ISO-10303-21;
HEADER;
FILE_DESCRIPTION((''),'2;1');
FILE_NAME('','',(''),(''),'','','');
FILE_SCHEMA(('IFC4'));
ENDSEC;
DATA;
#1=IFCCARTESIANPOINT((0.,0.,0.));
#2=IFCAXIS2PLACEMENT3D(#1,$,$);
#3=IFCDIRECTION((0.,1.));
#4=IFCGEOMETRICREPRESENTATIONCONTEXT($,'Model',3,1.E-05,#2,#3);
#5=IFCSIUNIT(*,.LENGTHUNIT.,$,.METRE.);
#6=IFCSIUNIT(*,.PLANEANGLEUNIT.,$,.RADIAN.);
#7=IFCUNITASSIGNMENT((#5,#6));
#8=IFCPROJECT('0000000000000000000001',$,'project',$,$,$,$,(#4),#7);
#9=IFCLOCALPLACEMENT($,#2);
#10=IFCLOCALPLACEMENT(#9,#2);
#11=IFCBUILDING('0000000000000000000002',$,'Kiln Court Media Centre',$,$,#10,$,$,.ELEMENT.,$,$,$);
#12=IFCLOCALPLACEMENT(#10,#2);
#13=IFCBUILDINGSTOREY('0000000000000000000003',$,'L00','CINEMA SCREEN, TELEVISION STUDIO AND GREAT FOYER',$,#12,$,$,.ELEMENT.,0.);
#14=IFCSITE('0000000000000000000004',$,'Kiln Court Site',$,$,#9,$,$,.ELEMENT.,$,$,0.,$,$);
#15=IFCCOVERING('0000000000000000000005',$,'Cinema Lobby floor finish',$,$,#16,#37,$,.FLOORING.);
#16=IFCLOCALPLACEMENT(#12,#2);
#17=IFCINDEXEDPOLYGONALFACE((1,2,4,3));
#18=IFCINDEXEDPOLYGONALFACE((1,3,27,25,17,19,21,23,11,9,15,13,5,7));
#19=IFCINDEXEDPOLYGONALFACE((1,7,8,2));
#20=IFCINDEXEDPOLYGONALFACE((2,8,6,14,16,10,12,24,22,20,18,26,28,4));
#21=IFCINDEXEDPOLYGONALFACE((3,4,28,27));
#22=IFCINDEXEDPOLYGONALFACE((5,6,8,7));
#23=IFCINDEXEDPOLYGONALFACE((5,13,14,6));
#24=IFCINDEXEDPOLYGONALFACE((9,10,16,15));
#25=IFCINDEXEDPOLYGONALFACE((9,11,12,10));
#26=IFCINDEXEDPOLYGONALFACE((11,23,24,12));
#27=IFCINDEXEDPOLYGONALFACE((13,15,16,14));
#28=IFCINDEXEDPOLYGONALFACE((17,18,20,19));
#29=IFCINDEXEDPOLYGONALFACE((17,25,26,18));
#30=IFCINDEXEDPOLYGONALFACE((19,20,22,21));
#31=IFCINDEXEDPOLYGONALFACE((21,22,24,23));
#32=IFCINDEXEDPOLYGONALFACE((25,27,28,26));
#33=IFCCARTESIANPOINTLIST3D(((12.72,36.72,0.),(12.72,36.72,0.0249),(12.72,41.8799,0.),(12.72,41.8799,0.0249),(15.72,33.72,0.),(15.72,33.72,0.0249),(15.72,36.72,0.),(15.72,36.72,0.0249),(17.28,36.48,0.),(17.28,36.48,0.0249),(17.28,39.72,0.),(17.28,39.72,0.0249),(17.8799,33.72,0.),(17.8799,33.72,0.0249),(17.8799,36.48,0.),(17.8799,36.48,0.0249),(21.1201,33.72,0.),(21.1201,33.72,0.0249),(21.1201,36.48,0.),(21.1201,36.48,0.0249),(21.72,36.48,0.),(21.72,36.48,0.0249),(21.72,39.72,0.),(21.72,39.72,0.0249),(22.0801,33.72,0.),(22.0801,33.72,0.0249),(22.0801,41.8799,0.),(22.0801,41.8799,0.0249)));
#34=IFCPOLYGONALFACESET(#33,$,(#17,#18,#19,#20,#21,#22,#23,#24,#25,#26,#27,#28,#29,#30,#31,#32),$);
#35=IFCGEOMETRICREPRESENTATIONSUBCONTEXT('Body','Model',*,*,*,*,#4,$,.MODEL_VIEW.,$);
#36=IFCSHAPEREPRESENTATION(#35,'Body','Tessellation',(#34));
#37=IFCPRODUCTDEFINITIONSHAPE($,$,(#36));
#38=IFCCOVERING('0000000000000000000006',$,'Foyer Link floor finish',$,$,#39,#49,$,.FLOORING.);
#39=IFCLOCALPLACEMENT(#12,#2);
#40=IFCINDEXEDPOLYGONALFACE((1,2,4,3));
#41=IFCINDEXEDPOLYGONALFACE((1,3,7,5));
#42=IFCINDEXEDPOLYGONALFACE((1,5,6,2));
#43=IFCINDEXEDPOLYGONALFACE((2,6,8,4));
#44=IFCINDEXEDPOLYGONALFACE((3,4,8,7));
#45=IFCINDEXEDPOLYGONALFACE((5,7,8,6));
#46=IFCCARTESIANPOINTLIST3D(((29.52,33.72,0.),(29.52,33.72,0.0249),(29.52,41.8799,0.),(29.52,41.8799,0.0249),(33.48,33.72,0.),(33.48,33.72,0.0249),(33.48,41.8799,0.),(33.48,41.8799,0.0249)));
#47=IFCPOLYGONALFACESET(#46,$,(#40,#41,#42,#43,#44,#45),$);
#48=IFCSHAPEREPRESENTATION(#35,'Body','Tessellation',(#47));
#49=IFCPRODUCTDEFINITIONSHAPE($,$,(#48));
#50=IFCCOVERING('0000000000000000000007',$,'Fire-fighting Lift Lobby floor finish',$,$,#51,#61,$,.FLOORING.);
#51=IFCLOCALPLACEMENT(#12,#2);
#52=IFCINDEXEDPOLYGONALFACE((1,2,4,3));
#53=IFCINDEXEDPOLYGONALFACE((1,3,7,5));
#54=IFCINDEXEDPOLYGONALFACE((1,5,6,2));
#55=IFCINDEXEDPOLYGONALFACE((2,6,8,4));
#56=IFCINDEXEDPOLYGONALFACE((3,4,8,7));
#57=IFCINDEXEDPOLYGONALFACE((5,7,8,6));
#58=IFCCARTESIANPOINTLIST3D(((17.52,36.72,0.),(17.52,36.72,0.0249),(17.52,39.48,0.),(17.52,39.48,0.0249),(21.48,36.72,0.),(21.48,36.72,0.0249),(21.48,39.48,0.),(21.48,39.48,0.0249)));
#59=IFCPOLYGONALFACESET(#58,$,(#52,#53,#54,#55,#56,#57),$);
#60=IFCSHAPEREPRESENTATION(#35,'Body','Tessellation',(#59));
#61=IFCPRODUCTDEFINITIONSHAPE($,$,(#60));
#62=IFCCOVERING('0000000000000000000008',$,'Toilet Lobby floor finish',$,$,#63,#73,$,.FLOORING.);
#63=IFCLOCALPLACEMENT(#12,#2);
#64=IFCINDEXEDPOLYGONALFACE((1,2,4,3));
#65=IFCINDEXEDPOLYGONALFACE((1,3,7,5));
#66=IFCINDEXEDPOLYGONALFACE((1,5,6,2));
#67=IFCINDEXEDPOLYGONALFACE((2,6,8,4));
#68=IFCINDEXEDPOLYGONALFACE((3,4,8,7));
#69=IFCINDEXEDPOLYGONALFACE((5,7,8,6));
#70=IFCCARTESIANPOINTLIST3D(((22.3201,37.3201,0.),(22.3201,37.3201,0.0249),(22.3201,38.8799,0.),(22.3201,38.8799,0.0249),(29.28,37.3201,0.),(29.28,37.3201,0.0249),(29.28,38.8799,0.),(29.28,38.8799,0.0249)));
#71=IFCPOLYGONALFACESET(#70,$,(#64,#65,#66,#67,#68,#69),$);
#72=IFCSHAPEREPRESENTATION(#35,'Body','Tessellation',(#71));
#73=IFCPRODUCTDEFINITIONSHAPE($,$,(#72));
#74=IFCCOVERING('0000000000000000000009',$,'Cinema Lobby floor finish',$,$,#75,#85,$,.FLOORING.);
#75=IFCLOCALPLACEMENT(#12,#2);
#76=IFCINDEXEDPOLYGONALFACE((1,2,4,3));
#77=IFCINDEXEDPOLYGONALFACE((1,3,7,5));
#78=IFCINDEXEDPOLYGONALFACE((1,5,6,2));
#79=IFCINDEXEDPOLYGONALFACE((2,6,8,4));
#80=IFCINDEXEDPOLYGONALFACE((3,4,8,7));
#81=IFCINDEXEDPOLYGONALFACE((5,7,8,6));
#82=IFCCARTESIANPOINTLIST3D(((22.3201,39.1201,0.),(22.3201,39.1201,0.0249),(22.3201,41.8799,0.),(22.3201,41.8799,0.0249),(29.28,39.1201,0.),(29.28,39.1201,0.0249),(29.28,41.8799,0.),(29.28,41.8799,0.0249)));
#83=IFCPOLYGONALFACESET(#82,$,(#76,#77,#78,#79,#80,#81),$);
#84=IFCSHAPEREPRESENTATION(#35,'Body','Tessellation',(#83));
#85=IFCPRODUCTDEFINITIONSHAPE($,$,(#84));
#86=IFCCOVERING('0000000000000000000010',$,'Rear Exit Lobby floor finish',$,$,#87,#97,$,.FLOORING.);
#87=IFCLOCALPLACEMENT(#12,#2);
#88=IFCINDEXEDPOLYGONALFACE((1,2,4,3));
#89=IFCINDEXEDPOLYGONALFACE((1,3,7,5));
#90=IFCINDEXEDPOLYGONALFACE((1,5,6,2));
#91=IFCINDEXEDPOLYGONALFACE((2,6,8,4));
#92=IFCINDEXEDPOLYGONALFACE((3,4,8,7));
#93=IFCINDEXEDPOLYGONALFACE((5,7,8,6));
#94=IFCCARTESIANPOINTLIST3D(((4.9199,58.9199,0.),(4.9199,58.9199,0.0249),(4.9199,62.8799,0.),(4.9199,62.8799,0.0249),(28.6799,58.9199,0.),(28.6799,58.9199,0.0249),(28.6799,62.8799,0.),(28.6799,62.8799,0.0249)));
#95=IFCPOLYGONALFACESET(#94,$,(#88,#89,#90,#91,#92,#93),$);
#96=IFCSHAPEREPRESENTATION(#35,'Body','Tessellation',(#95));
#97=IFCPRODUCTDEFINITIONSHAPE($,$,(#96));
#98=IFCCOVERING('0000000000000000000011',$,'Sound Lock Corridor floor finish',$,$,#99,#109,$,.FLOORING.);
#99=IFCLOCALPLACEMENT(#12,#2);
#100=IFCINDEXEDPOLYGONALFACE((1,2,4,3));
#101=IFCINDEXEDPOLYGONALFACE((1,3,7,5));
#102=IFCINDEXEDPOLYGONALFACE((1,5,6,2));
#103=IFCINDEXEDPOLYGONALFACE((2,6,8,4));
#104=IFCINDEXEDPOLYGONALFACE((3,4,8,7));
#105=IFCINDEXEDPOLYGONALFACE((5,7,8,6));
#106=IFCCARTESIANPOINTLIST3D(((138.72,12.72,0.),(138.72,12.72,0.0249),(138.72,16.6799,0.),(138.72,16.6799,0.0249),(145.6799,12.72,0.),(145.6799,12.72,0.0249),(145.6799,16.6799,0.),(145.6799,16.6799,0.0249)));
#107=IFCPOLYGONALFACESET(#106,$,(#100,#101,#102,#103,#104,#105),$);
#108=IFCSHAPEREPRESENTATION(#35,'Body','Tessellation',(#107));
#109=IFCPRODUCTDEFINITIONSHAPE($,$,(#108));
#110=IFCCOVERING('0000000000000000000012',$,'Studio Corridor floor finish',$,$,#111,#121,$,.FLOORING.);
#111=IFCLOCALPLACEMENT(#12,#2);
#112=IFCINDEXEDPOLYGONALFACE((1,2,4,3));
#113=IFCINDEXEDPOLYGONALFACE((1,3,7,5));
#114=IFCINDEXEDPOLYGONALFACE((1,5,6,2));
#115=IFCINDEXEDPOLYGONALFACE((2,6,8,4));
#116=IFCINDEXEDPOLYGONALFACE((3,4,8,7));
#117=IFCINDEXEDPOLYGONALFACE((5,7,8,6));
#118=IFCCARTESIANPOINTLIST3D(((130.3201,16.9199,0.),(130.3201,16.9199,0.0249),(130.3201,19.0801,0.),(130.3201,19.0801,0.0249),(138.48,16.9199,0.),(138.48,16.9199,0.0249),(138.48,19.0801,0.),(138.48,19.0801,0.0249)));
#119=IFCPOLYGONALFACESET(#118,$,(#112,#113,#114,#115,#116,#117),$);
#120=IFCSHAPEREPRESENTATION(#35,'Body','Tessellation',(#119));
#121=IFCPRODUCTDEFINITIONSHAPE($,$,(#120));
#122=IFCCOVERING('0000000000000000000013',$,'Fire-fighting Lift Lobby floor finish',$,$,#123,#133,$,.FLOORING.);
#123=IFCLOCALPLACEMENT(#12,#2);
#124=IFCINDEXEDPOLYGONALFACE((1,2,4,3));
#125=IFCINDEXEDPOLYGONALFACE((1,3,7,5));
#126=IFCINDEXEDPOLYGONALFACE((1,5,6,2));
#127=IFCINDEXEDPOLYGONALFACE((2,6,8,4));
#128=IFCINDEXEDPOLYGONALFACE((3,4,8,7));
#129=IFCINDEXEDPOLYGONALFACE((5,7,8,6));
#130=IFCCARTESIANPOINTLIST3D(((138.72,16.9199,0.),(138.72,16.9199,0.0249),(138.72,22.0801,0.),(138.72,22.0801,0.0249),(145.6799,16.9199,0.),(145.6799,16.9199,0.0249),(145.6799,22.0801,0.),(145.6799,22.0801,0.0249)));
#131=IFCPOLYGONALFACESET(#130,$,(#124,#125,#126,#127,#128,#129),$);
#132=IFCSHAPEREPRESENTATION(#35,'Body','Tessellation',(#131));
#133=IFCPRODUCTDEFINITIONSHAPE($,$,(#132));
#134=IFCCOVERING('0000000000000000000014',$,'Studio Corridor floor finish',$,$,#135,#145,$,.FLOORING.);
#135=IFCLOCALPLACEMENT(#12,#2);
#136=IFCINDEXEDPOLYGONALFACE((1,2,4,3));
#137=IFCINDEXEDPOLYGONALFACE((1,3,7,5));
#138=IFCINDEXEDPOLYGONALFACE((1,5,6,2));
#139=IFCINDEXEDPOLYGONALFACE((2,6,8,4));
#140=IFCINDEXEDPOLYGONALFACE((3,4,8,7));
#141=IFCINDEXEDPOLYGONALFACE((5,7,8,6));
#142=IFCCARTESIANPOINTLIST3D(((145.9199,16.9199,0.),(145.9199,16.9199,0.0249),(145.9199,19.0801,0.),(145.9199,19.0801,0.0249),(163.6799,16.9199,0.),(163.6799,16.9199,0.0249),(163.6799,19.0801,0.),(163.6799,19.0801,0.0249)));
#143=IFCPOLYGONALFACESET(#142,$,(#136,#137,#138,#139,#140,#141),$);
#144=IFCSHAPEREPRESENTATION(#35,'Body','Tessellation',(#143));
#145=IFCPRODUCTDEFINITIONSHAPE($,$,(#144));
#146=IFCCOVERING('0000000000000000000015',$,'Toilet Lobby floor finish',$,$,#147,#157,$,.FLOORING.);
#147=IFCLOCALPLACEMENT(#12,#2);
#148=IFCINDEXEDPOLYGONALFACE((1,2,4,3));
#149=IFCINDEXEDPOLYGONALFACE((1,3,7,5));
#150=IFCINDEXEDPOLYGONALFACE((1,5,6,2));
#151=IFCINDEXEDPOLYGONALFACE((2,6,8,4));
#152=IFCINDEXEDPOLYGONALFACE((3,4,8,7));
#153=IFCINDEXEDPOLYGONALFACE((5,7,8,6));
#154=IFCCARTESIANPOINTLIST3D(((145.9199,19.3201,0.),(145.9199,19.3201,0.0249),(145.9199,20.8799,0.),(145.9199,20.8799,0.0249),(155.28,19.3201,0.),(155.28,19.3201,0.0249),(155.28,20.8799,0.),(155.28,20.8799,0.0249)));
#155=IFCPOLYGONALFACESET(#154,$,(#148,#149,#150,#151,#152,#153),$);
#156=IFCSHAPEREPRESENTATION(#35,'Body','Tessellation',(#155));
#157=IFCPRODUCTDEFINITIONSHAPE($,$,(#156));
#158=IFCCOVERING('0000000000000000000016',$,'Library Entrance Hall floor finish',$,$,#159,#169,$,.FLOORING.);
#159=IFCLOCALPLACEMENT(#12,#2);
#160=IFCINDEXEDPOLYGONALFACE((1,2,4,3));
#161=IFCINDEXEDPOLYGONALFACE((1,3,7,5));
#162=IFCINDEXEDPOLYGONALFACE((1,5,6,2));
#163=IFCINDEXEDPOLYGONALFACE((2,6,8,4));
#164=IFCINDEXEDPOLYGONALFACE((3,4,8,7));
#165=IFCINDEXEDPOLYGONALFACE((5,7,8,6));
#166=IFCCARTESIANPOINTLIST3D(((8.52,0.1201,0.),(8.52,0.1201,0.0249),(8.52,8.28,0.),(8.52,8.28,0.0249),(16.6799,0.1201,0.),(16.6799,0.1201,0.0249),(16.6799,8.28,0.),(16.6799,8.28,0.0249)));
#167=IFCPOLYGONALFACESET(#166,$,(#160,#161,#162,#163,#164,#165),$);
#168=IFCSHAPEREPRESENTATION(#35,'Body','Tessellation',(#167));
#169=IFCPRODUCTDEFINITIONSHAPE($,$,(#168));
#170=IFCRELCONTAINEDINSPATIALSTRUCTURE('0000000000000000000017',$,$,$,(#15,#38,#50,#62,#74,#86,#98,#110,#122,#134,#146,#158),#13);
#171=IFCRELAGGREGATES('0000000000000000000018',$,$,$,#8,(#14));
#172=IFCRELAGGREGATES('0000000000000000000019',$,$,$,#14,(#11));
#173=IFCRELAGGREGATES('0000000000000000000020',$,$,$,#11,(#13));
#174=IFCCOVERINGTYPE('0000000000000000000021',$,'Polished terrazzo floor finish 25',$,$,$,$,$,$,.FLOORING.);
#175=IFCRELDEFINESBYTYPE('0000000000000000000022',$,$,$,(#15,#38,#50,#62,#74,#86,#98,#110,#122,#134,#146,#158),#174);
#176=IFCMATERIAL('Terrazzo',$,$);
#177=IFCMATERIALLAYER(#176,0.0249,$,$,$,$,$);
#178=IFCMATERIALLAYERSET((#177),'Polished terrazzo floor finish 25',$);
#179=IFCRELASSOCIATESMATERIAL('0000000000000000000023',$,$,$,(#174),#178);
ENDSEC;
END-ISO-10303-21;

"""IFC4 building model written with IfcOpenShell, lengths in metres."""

from ifc_helpers import new_model, si_unit, direction, origin, place, context, subcontext, project, spatial, polyline, outline, extrude, material, layer, layer_set, type_object, element, save


model = new_model("IFC4")

# Units and contexts
model_context = context("Model", 3, precision=1e-05, world=origin(), true_north=direction((0.0, 1.0)))
body_context = subcontext(model_context, "Body", "Model", "MODEL_VIEW")
ifc_project = project(units=[si_unit("LENGTHUNIT", "METRE"), si_unit("PLANEANGLEUNIT", "RADIAN")], contexts=[model_context])

# Site, building, storey
site_placement = place(None, origin())
site = spatial("IfcSite", under=ifc_project, at=site_placement, Name="Kiln Court Site", CompositionType="ELEMENT", RefElevation=0.0)
building_placement = place(site_placement, origin())
building = spatial("IfcBuilding", under=site, at=building_placement, Name="Kiln Court Media Centre", CompositionType="ELEMENT")
storey_placement = place(building_placement, origin())
storey = spatial("IfcBuildingStorey", under=building, at=storey_placement, Name="L00", Description="CINEMA SCREEN, TELEVISION STUDIO AND GREAT FOYER", CompositionType="ELEMENT", Elevation=0.0)

# Coverings
ifc_material = material(Name="Terrazzo")
ifc_layer = layer(ifc_material, 0.0249)
ifc_layer_set = layer_set([ifc_layer], Name="Polished terrazzo floor finish 25")
covering_type = type_object("IfcCoveringType", Name="Polished terrazzo floor finish 25", PredefinedType="FLOORING", material=ifc_layer_set)
covering_1_placement = place(storey_placement, origin())
element("IfcCovering", 1, at=covering_1_placement, inside=storey, type_object=covering_type, Name="Cinema Lobby floor finish", PredefinedType="FLOORING", context=body_context, shape_type="SweptSolid", body=[
    extrude(outline(polyline([(17.8799, 33.72), (17.8799, 36.48), (17.28, 36.48), (17.28, 39.72), (21.72, 39.72), (21.72, 36.48), (21.1201, 36.48), (21.1201, 33.72), (22.0801, 33.72), (22.0801, 41.8799), (12.72, 41.8799), (12.72, 36.72), (15.72, 36.72), (15.72, 33.72), (17.8799, 33.72)])), origin(), (0.0, 0.0, 1.0), 0.0249),
])
covering_2_placement = place(storey_placement, origin())
element("IfcCovering", 2, at=covering_2_placement, inside=storey, type_object=covering_type, Name="Foyer Link floor finish", PredefinedType="FLOORING", context=body_context, shape_type="SweptSolid", body=[
    extrude(outline(polyline([(29.52, 33.72), (33.48, 33.72), (33.48, 41.8799), (29.52, 41.8799), (29.52, 33.72)])), origin(), (0.0, 0.0, 1.0), 0.0249),
])
covering_3_placement = place(storey_placement, origin())
element("IfcCovering", 3, at=covering_3_placement, inside=storey, type_object=covering_type, Name="Fire-fighting Lift Lobby floor finish", PredefinedType="FLOORING", context=body_context, shape_type="SweptSolid", body=[
    extrude(outline(polyline([(17.52, 36.72), (21.48, 36.72), (21.48, 39.48), (17.52, 39.48), (17.52, 36.72)])), origin(), (0.0, 0.0, 1.0), 0.0249),
])
covering_4_placement = place(storey_placement, origin())
element("IfcCovering", 4, at=covering_4_placement, inside=storey, type_object=covering_type, Name="Toilet Lobby floor finish", PredefinedType="FLOORING", context=body_context, shape_type="SweptSolid", body=[
    extrude(outline(polyline([(29.28, 37.3201), (29.28, 38.8799), (22.3201, 38.8799), (22.3201, 37.3201), (29.28, 37.3201)])), origin(), (0.0, 0.0, 1.0), 0.0249),
])
covering_5_placement = place(storey_placement, origin())
element("IfcCovering", 5, at=covering_5_placement, inside=storey, type_object=covering_type, Name="Cinema Lobby floor finish", PredefinedType="FLOORING", context=body_context, shape_type="SweptSolid", body=[
    extrude(outline(polyline([(22.3201, 39.1201), (29.28, 39.1201), (29.28, 41.8799), (22.3201, 41.8799), (22.3201, 39.1201)])), origin(), (0.0, 0.0, 1.0), 0.0249),
])
covering_6_placement = place(storey_placement, origin())
element("IfcCovering", 6, at=covering_6_placement, inside=storey, type_object=covering_type, Name="Rear Exit Lobby floor finish", PredefinedType="FLOORING", context=body_context, shape_type="SweptSolid", body=[
    extrude(outline(polyline([(4.9199, 58.9199), (28.6799, 58.9199), (28.6799, 62.8799), (4.9199, 62.8799), (4.9199, 58.9199)])), origin(), (0.0, 0.0, 1.0), 0.0249),
])
covering_7_placement = place(storey_placement, origin())
element("IfcCovering", 7, at=covering_7_placement, inside=storey, type_object=covering_type, Name="Sound Lock Corridor floor finish", PredefinedType="FLOORING", context=body_context, shape_type="SweptSolid", body=[
    extrude(outline(polyline([(138.72, 12.72), (145.6799, 12.72), (145.6799, 16.6799), (138.72, 16.6799), (138.72, 12.72)])), origin(), (0.0, 0.0, 1.0), 0.0249),
])
covering_8_placement = place(storey_placement, origin())
element("IfcCovering", 8, at=covering_8_placement, inside=storey, type_object=covering_type, Name="Studio Corridor floor finish", PredefinedType="FLOORING", context=body_context, shape_type="SweptSolid", body=[
    extrude(outline(polyline([(130.3201, 16.9199), (138.48, 16.9199), (138.48, 19.0801), (130.3201, 19.0801), (130.3201, 16.9199)])), origin(), (0.0, 0.0, 1.0), 0.0249),
])
covering_9_placement = place(storey_placement, origin())
element("IfcCovering", 9, at=covering_9_placement, inside=storey, type_object=covering_type, Name="Fire-fighting Lift Lobby floor finish", PredefinedType="FLOORING", context=body_context, shape_type="SweptSolid", body=[
    extrude(outline(polyline([(138.72, 16.9199), (145.6799, 16.9199), (145.6799, 22.0801), (138.72, 22.0801), (138.72, 16.9199)])), origin(), (0.0, 0.0, 1.0), 0.0249),
])
covering_10_placement = place(storey_placement, origin())
element("IfcCovering", 10, at=covering_10_placement, inside=storey, type_object=covering_type, Name="Studio Corridor floor finish", PredefinedType="FLOORING", context=body_context, shape_type="SweptSolid", body=[
    extrude(outline(polyline([(145.9199, 16.9199), (163.6799, 16.9199), (163.6799, 19.0801), (145.9199, 19.0801), (145.9199, 16.9199)])), origin(), (0.0, 0.0, 1.0), 0.0249),
])
covering_11_placement = place(storey_placement, origin())
element("IfcCovering", 11, at=covering_11_placement, inside=storey, type_object=covering_type, Name="Toilet Lobby floor finish", PredefinedType="FLOORING", context=body_context, shape_type="SweptSolid", body=[
    extrude(outline(polyline([(155.28, 19.3201), (155.28, 20.8799), (145.9199, 20.8799), (145.9199, 19.3201), (155.28, 19.3201)])), origin(), (0.0, 0.0, 1.0), 0.0249),
])
covering_12_placement = place(storey_placement, origin())
element("IfcCovering", 12, at=covering_12_placement, inside=storey, type_object=covering_type, Name="Library Entrance Hall floor finish", PredefinedType="FLOORING", context=body_context, shape_type="SweptSolid", body=[
    extrude(outline(polyline([(8.52, 0.1201), (16.6799, 0.1201), (16.6799, 8.28), (8.52, 8.28), (8.52, 0.1201)])), origin(), (0.0, 0.0, 1.0), 0.0249),
])

save(model, "model.ifc")
